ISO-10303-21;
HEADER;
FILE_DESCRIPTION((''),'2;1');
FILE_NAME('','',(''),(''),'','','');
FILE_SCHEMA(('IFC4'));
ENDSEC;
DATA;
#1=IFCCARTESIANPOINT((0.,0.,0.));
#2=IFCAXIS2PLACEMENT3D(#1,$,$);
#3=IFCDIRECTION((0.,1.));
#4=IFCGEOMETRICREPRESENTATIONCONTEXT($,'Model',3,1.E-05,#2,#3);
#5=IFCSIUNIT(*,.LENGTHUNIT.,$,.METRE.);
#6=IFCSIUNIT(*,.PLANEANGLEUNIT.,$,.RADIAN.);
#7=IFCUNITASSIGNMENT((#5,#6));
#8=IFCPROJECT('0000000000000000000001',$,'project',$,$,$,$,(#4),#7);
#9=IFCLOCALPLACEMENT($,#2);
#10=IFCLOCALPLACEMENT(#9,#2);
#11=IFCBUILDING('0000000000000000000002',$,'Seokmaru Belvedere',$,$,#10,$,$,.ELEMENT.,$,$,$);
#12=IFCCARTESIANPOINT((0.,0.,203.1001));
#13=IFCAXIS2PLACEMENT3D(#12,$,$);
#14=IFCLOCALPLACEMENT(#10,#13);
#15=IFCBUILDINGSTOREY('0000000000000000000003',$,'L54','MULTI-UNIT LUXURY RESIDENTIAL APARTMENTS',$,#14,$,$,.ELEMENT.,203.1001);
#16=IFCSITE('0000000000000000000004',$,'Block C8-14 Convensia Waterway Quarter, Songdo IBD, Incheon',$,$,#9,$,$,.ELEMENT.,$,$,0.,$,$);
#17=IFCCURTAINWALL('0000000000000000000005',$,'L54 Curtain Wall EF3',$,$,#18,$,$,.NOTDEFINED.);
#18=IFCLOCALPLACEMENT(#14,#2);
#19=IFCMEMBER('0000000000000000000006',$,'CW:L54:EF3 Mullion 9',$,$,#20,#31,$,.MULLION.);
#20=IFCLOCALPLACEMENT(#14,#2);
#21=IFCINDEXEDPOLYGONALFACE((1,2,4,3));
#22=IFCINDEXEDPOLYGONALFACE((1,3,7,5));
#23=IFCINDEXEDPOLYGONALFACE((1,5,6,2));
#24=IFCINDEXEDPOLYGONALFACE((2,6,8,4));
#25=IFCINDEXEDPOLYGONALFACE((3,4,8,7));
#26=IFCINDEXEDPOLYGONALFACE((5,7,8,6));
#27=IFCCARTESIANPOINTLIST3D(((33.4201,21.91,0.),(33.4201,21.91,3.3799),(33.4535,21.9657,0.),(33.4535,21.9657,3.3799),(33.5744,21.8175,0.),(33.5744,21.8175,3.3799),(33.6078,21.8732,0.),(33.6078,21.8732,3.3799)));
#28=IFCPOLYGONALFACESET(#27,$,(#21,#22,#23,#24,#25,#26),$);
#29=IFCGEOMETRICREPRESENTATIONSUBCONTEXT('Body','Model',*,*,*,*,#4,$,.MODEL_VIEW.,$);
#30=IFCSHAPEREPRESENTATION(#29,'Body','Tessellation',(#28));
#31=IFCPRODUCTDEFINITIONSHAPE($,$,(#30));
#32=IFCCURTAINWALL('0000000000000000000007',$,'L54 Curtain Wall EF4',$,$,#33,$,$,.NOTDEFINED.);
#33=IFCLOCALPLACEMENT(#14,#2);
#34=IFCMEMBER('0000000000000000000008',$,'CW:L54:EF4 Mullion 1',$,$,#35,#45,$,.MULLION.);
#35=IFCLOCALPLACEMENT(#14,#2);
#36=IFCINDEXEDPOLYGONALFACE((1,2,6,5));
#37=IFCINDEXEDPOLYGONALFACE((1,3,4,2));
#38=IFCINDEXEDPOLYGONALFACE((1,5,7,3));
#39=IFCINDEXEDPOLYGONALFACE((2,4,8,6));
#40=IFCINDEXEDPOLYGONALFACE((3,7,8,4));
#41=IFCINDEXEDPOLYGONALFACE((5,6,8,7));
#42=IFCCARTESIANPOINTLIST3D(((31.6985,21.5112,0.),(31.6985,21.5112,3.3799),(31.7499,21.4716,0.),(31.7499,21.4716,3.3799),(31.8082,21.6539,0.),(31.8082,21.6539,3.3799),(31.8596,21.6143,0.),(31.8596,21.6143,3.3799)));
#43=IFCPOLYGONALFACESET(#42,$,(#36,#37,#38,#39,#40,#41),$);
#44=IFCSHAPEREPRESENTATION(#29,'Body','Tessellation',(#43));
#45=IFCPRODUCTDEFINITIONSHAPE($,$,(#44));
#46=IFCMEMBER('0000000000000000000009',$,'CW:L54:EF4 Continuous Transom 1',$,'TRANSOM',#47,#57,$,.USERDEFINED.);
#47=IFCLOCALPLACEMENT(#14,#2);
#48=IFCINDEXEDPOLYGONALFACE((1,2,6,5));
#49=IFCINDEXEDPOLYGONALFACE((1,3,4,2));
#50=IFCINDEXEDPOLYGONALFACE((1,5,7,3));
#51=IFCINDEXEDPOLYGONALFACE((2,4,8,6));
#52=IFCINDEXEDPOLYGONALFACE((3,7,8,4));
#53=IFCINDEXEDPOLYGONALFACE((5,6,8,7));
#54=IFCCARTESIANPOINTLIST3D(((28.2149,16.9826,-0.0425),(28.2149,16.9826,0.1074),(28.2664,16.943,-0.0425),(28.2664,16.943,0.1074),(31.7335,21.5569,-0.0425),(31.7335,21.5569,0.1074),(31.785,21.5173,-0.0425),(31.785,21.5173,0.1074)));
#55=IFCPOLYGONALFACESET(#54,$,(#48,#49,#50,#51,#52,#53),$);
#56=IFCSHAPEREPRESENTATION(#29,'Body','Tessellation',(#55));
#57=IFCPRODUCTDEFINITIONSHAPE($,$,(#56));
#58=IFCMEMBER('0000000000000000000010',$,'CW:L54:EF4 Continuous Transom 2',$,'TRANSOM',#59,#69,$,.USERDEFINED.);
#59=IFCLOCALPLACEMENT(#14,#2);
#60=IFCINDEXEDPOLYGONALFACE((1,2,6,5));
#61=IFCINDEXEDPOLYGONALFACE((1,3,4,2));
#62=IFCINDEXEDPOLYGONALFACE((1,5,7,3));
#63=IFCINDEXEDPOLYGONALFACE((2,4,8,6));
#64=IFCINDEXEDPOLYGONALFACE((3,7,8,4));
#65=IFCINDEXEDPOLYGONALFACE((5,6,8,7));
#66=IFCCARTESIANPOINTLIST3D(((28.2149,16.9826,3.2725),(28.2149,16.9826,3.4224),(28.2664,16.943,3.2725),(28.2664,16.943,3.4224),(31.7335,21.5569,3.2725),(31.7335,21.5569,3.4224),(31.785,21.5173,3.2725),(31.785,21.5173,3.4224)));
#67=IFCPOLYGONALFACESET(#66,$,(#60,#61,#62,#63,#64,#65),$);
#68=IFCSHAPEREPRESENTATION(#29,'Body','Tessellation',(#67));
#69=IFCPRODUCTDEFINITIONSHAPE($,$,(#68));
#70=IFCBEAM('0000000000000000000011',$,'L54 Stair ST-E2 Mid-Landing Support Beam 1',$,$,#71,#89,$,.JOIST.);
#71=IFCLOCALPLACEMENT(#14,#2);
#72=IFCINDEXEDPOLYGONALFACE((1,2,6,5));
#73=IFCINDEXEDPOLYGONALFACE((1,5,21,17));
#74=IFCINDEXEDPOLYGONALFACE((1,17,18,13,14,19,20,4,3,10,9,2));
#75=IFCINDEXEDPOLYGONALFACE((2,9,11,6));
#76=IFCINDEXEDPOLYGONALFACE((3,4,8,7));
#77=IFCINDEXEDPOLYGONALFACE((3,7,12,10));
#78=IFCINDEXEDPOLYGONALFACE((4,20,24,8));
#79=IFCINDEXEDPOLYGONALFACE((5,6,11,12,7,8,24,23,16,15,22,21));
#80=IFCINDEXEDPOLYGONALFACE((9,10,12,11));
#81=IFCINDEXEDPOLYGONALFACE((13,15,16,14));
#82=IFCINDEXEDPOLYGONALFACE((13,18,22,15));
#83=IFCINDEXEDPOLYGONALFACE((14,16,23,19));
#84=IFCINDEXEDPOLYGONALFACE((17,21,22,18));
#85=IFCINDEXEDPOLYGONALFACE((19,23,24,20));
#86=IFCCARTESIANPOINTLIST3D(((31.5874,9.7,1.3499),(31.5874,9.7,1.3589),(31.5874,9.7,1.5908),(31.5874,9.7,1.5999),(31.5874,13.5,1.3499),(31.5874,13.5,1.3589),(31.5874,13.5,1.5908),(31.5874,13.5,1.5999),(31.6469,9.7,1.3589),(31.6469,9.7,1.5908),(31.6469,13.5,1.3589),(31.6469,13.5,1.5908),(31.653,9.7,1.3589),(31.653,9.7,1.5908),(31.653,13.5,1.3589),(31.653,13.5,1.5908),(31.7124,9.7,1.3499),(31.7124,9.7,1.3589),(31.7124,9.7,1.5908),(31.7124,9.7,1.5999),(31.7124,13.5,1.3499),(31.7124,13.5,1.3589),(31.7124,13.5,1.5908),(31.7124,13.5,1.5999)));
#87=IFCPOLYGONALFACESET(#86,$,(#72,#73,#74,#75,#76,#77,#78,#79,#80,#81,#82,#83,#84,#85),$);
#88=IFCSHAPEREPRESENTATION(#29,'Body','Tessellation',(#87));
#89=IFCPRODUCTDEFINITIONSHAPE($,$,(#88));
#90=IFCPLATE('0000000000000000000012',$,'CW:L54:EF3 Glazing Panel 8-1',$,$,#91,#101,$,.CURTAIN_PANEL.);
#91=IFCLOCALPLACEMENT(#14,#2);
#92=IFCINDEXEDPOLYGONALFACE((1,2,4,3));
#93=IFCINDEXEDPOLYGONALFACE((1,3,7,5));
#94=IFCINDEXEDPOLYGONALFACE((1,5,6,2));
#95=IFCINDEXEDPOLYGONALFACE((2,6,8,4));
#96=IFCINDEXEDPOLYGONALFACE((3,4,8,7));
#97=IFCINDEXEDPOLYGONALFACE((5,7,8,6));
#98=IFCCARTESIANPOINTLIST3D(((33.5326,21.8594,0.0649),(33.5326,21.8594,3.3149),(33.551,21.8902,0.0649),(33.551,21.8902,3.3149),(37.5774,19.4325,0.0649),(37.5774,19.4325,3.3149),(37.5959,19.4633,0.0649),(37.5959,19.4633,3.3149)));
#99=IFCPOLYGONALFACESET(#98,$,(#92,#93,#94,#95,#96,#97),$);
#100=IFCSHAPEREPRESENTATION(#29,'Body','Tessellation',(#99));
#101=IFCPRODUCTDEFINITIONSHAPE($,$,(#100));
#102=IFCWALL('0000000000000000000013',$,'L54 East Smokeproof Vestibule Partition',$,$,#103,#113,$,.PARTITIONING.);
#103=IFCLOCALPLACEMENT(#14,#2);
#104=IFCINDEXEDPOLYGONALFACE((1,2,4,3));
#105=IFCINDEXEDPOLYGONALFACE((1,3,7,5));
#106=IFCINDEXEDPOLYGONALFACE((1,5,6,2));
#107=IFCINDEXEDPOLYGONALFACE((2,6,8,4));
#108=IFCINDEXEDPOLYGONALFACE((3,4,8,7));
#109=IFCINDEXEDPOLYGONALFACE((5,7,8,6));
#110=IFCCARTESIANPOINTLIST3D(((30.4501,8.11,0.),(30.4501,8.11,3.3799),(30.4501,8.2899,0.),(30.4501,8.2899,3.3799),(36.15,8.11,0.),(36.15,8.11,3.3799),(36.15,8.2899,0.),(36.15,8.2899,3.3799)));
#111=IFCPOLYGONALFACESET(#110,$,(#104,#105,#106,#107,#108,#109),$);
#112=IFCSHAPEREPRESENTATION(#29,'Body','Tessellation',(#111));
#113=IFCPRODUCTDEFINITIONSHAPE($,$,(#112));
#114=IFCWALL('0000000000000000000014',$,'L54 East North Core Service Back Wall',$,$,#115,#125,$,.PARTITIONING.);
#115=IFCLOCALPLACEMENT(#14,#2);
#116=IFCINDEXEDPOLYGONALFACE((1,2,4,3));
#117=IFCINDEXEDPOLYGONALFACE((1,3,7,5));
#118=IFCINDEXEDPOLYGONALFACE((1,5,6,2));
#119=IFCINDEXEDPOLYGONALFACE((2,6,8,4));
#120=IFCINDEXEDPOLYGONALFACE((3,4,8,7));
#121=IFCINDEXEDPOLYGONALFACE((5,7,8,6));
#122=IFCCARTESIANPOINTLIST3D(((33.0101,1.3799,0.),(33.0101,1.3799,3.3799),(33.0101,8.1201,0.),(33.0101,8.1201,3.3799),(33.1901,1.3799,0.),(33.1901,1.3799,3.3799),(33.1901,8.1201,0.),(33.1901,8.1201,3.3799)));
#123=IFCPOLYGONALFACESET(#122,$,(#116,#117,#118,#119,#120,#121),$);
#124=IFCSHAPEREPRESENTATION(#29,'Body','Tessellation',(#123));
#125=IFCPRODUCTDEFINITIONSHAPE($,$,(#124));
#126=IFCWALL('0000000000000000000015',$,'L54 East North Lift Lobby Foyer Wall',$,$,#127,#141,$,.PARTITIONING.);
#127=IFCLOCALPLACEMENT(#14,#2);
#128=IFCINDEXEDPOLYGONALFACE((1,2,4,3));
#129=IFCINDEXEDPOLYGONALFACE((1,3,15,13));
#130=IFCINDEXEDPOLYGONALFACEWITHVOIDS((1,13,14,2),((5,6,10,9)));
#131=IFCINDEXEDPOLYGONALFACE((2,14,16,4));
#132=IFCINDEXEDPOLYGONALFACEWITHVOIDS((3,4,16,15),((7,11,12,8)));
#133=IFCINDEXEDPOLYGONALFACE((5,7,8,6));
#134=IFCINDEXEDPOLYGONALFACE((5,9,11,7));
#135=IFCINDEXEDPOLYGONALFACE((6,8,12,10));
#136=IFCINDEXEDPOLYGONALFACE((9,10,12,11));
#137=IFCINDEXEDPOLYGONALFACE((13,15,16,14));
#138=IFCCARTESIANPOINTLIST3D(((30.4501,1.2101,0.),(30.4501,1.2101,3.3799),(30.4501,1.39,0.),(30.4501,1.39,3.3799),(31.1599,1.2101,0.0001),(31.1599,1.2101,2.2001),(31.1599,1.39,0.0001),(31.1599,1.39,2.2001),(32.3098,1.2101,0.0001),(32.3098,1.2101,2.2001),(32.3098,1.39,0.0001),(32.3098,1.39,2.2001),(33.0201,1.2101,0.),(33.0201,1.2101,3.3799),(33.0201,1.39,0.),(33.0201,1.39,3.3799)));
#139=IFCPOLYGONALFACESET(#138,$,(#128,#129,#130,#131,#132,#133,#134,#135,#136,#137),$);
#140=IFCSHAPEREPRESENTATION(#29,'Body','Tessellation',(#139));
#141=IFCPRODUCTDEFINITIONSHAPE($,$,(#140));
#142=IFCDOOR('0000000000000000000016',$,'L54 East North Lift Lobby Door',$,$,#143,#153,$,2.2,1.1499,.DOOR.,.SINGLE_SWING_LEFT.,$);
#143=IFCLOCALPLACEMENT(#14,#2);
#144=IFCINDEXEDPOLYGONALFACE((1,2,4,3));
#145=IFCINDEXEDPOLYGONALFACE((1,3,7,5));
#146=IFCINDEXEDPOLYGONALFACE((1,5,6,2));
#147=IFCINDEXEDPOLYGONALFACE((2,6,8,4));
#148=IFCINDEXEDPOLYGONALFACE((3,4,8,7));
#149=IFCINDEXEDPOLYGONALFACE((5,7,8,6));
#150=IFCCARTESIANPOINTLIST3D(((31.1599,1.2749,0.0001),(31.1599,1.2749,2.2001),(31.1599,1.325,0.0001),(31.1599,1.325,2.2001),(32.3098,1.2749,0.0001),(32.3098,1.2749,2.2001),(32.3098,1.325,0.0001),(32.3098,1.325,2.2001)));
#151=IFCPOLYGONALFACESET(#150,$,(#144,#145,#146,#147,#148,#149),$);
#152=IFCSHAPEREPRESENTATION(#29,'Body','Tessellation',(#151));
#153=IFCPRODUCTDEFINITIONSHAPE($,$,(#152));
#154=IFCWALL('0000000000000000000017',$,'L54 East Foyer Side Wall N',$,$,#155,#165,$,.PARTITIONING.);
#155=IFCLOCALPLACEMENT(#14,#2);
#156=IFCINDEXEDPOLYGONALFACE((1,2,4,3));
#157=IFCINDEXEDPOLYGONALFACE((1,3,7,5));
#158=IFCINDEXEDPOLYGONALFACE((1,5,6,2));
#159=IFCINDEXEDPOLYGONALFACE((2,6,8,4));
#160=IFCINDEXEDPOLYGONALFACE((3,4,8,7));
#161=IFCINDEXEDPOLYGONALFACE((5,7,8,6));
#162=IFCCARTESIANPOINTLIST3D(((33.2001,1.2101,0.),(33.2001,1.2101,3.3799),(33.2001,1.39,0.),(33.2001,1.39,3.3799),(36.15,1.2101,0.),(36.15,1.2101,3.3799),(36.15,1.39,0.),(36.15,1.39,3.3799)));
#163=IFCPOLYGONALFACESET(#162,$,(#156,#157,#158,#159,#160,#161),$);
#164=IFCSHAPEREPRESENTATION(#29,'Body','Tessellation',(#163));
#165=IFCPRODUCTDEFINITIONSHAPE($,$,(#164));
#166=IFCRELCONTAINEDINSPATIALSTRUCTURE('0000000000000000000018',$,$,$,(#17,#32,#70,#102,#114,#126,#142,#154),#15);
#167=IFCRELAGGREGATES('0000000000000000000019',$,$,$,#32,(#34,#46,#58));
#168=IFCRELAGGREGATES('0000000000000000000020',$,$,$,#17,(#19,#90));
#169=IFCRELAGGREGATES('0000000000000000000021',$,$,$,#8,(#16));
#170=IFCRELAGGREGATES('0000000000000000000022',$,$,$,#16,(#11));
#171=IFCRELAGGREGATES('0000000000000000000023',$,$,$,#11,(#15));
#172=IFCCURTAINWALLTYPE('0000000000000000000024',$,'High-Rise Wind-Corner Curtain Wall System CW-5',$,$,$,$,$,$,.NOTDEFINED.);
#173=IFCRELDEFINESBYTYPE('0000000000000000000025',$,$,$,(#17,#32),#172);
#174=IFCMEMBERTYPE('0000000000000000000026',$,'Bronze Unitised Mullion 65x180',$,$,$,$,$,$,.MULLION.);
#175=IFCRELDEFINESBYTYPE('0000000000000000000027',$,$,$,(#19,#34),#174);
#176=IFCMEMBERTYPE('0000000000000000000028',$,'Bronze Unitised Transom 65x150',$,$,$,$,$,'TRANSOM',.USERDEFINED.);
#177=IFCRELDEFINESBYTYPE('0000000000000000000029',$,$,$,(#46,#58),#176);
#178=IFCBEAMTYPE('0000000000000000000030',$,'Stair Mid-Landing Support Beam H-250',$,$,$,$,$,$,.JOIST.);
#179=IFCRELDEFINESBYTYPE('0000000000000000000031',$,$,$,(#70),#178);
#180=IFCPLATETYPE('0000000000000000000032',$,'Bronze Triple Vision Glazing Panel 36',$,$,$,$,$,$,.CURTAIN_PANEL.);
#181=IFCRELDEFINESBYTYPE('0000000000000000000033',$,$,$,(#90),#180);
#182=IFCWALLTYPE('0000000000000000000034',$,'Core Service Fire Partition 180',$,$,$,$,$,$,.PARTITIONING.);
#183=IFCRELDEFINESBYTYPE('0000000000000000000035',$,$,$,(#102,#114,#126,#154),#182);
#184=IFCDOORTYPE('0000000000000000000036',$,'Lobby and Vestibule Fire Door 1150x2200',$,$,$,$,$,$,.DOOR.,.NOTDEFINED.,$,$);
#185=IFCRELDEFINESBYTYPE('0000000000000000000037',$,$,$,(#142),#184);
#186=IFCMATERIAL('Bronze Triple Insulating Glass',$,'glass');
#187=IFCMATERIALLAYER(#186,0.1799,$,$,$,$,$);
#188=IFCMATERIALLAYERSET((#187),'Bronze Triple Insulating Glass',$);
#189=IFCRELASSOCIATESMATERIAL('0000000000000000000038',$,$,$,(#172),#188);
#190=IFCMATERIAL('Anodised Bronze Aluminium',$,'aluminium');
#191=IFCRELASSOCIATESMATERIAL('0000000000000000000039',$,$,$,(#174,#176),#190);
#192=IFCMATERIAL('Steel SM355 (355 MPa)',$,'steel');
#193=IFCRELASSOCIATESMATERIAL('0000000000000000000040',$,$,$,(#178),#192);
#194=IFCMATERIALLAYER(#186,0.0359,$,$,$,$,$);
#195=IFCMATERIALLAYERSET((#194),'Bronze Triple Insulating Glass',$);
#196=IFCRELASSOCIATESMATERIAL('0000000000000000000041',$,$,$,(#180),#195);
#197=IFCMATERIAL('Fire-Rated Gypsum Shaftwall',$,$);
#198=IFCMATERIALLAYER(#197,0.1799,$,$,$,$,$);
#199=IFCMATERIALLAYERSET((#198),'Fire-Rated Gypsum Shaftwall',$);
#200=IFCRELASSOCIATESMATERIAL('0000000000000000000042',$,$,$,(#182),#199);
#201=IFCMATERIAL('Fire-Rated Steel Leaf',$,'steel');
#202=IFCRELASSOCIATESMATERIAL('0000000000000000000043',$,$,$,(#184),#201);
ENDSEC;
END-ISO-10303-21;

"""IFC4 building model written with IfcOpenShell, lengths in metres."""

from ifc_helpers import new_model, si_unit, direction, frame, frame_2d, origin, origin_2d, place, context, subcontext, project, spatial, rectangle, i_section, extrude, source, transform, mapped, material, layer, layer_set, material_profile, profile_set, type_object, type_shapes, element, fill, aggregate, save


model = new_model("IFC4")

# Units and contexts
model_context = context("Model", 3, precision=1e-05, world=origin(), true_north=direction((0.0, 1.0)))
body_context = subcontext(model_context, "Body", "Model", "MODEL_VIEW")
ifc_project = project(units=[si_unit("LENGTHUNIT", "METRE"), si_unit("PLANEANGLEUNIT", "RADIAN")], contexts=[model_context])

# Site, building, storey
site_placement = place(None, origin())
site = spatial("IfcSite", under=ifc_project, at=site_placement, Name="Block C8-14 Convensia Waterway Quarter, Songdo IBD, Incheon", CompositionType="ELEMENT", RefElevation=0.0)
building_placement = place(site_placement, origin())
building = spatial("IfcBuilding", under=site, at=building_placement, Name="Seokmaru Belvedere", CompositionType="ELEMENT")
storey_placement = place(building_placement, frame((0.0, 0.0, 203.1001)))
storey = spatial("IfcBuildingStorey", under=building, at=storey_placement, Name="L54", Description="MULTI-UNIT LUXURY RESIDENTIAL APARTMENTS", CompositionType="ELEMENT", Elevation=203.1001)

# Shared definitions
ifc_material_1 = material(Name="Steel SM355 (355 MPa)", Category="steel")

# Curtain wall, member
ifc_material_2 = material(Name="Bronze Triple Insulating Glass", Category="glass")
ifc_layer_1 = layer(ifc_material_2, 0.1799)
ifc_layer_set_1 = layer_set([ifc_layer_1], Name="Bronze Triple Insulating Glass")
curtain_wall_type = type_object("IfcCurtainWallType", Name="High-Rise Wind-Corner Curtain Wall System CW-5", PredefinedType="NOTDEFINED", material=ifc_layer_set_1)
curtain_wall_1_placement = place(storey_placement, origin())
curtain_wall_1 = element("IfcCurtainWall", 1, at=curtain_wall_1_placement, inside=storey, type_object=curtain_wall_type, Name="L54 Curtain Wall EF3", PredefinedType="NOTDEFINED")
ifc_material_3 = material(Name="Anodised Bronze Aluminium", Category="aluminium")
ifc_material_profile_1 = material_profile(ifc_material_3, rectangle(XDim=0.0649, YDim=0.1799, at=origin_2d()), Name="CW-M-65x180")
ifc_profile_set_1 = profile_set([ifc_material_profile_1], Name="Anodised Bronze Aluminium")
member_type_1 = type_object("IfcMemberType", Name="Bronze Unitised Mullion 65x180", PredefinedType="MULLION", material=ifc_profile_set_1)
shared_shape_1 = source(origin(), body_context, "Body", "SweptSolid", [
    extrude(rectangle(XDim=0.0649, YDim=0.1799, at=origin_2d()), origin(), (0.0, 0.0, 1.0), 3.3799),
])
type_shapes(member_type_1, [shared_shape_1])
member_1_placement = place(storey_placement, frame((33.5139, 21.8916, 0.0), z_axis=(0.0, 0.0, 1.0), x_axis=(-0.514495, -0.857493, 0.0)))
member_1 = element("IfcMember", 2, at=member_1_placement, type_object=member_type_1, Name="CW:L54:EF3 Mullion 9", PredefinedType="MULLION", context=body_context, shape_type="MappedRepresentation", body=[
    mapped(shared_shape_1, transform((0.0, 0.0, 0.0), scale=1.0)),
])

# Curtain wall, members
curtain_wall_2_placement = place(storey_placement, origin())
curtain_wall_2 = element("IfcCurtainWall", 3, at=curtain_wall_2_placement, inside=storey, type_object=curtain_wall_type, Name="L54 Curtain Wall EF4", PredefinedType="NOTDEFINED")
member_2_placement = place(storey_placement, frame((31.7791, 21.5627, 0.0), z_axis=(0.0, 0.0, 1.0), x_axis=(0.792631, -0.609701, 0.0)))
member_2 = element("IfcMember", 4, at=member_2_placement, type_object=member_type_1, Name="CW:L54:EF4 Mullion 1", PredefinedType="MULLION", context=body_context, shape_type="MappedRepresentation", body=[
    mapped(shared_shape_1, transform((0.0, 0.0, 0.0), scale=1.0)),
])
ifc_material_profile_2 = material_profile(ifc_material_3, rectangle(XDim=0.0649, YDim=0.1499, at=origin_2d()), Name="CW-T-65x150")
ifc_profile_set_2 = profile_set([ifc_material_profile_2], Name="Anodised Bronze Aluminium")
member_type_2 = type_object("IfcMemberType", Name="Bronze Unitised Transom 65x150", ElementType="TRANSOM", PredefinedType="USERDEFINED", material=ifc_profile_set_2)
shared_shape_2 = source(origin(), body_context, "Body", "SweptSolid", [
    extrude(rectangle(XDim=0.0649, YDim=0.1499, at=origin_2d()), origin(), (0.0, 0.0, 1.0), 5.771),
])
type_shapes(member_type_2, [shared_shape_2])
member_3_placement = place(storey_placement, frame((31.7593, 21.5371, 0.0325), z_axis=(-0.609703, -0.79263, 0.0), x_axis=(0.79263, -0.609703, 0.0)))
member_3 = element("IfcMember", 5, at=member_3_placement, type_object=member_type_2, Name="CW:L54:EF4 Continuous Transom 1", ObjectType="TRANSOM", PredefinedType="USERDEFINED", context=body_context, shape_type="MappedRepresentation", body=[
    mapped(shared_shape_2, transform((0.0, 0.0, 0.0), scale=1.0)),
])
member_4_placement = place(storey_placement, frame((31.7593, 21.5371, 3.3474), z_axis=(-0.609703, -0.79263, 0.0), x_axis=(0.79263, -0.609703, 0.0)))
member_4 = element("IfcMember", 6, at=member_4_placement, type_object=member_type_2, Name="CW:L54:EF4 Continuous Transom 2", ObjectType="TRANSOM", PredefinedType="USERDEFINED", context=body_context, shape_type="MappedRepresentation", body=[
    mapped(shared_shape_2, transform((0.0, 0.0, 0.0), scale=1.0)),
])
aggregate(curtain_wall_2, [member_2, member_3, member_4])

# Beam
ifc_material_profile_3 = material_profile(ifc_material_1, i_section(OverallWidth=0.125, OverallDepth=0.25, WebThickness=0.0061, FlangeThickness=0.009, at=origin_2d()), Name="H-250x125x6x9")
ifc_profile_set_3 = profile_set([ifc_material_profile_3], Name="Steel SM355 (355 MPa)")
beam_type_1 = type_object("IfcBeamType", Name="Stair Mid-Landing Support Beam H-250", PredefinedType="JOIST", material=ifc_profile_set_3)
shared_shape_3 = source(origin(), body_context, "Body", "SweptSolid", [
    extrude(i_section(OverallWidth=0.125, OverallDepth=0.25, WebThickness=0.0061, FlangeThickness=0.009, at=origin_2d()), origin(), (0.0, 0.0, 1.0), 3.8),
])
type_shapes(beam_type_1, [shared_shape_3])
beam_1_placement = place(storey_placement, frame((31.6499, 9.7, 1.4749), z_axis=(0.0, 1.0, 0.0), x_axis=(-1.0, 0.0, 0.0)))
element("IfcBeam", 7, at=beam_1_placement, inside=storey, type_object=beam_type_1, Name="L54 Stair ST-E2 Mid-Landing Support Beam 1", PredefinedType="JOIST", context=body_context, shape_type="MappedRepresentation", body=[
    mapped(shared_shape_3, transform((0.0, 0.0, 0.0), scale=1.0)),
])

# Plate
ifc_layer_2 = layer(ifc_material_2, 0.0359)
ifc_layer_set_2 = layer_set([ifc_layer_2], Name="Bronze Triple Insulating Glass")
plate_type = type_object("IfcPlateType", Name="Bronze Triple Vision Glazing Panel 36", PredefinedType="CURTAIN_PANEL", material=ifc_layer_set_2)
shared_shape_4 = source(origin(), body_context, "Body", "SweptSolid", [
    extrude(rectangle(XDim=4.717, YDim=0.0359, at=origin_2d()), origin(), (0.0, 0.0, 1.0), 3.25),
])
type_shapes(plate_type, [shared_shape_4])
plate_placement = place(storey_placement, frame((35.5642, 20.6614, 0.0649), z_axis=(0.0, 0.0, 1.0), x_axis=(-0.857493, 0.514495, 0.0)))
plate = element("IfcPlate", 8, at=plate_placement, type_object=plate_type, Name="CW:L54:EF3 Glazing Panel 8-1", PredefinedType="CURTAIN_PANEL", context=body_context, shape_type="MappedRepresentation", body=[
    mapped(shared_shape_4, transform((0.0, 0.0, 0.0), scale=1.0)),
])
aggregate(curtain_wall_1, [member_1, plate])

# Walls
ifc_material_4 = material(Name="Fire-Rated Gypsum Shaftwall")
ifc_layer_3 = layer(ifc_material_4, 0.1799)
ifc_layer_set_3 = layer_set([ifc_layer_3], Name="Fire-Rated Gypsum Shaftwall")
wall_type_1 = type_object("IfcWallType", Name="Core Service Fire Partition 180", PredefinedType="PARTITIONING", material=ifc_layer_set_3)
wall_1_placement = place(storey_placement, frame((30.45, 8.2, 0.0), z_axis=(0.0, 0.0, 1.0), x_axis=(1.0, 0.0, 0.0)))
element("IfcWall", 9, at=wall_1_placement, inside=storey, type_object=wall_type_1, Name="L54 East Smokeproof Vestibule Partition", PredefinedType="PARTITIONING", context=body_context, shape_type="SweptSolid", body=[
    extrude(rectangle(XDim=5.7, YDim=0.1799, at=frame_2d((2.8501, 0.0))), origin(), (0.0, 0.0, 1.0), 3.3799),
])
wall_2_placement = place(storey_placement, frame((33.1001, 1.3799, 0.0), z_axis=(0.0, 0.0, 1.0), x_axis=(0.0, 1.0, 0.0)))
element("IfcWall", 10, at=wall_2_placement, inside=storey, type_object=wall_type_1, Name="L54 East North Core Service Back Wall", PredefinedType="PARTITIONING", context=body_context, shape_type="SweptSolid", body=[
    extrude(rectangle(XDim=6.7402, YDim=0.1799, at=frame_2d((3.3701, 0.0))), origin(), (0.0, 0.0, 1.0), 3.3799),
])

# Wall, opening, door
wall_3_placement = place(storey_placement, frame((30.45, 1.3, 0.0), z_axis=(0.0, 0.0, 1.0), x_axis=(1.0, 0.0, 0.0)))
wall_3 = element("IfcWall", 11, at=wall_3_placement, inside=storey, type_object=wall_type_1, Name="L54 East North Lift Lobby Foyer Wall", PredefinedType="PARTITIONING", context=body_context, shape_type="SweptSolid", body=[
    extrude(rectangle(XDim=2.5701, YDim=0.1799, at=frame_2d((1.2852, 0.0))), origin(), (0.0, 0.0, 1.0), 3.3799),
])
opening_1_placement = place(wall_3_placement, frame((0.71, 0.0, 0.0)))
opening_1 = element("IfcOpeningElement", 12, at=opening_1_placement, cuts=wall_3, PredefinedType="OPENING", context=body_context, shape_type="SweptSolid", body=[
    extrude(rectangle(XDim=1.1499, YDim=2.2, at=frame_2d((0.575, 1.1001))), frame((0.0, 0.1001, 0.0), z_axis=(0.0, -1.0, 0.0), x_axis=(1.0, 0.0, 0.0)), (0.0, 0.0, 1.0), 0.2),
])
ifc_material_5 = material(Name="Fire-Rated Steel Leaf", Category="steel")
door_type_1 = type_object("IfcDoorType", Name="Lobby and Vestibule Fire Door 1150x2200", OperationType="NOTDEFINED", PredefinedType="DOOR", material=ifc_material_5)
shared_shape_5 = source(origin(), body_context, "Body", "SweptSolid", [
    extrude(rectangle(XDim=1.1499, YDim=2.2, at=frame_2d((0.575, 1.1001))), frame((0.0, 0.0249, 0.0), z_axis=(0.0, -1.0, 0.0), x_axis=(1.0, 0.0, 0.0)), (0.0, 0.0, 1.0), 0.05),
])
type_shapes(door_type_1, [shared_shape_5])
door_1_placement = place(opening_1_placement, origin())
door_1 = element("IfcDoor", 13, at=door_1_placement, inside=storey, type_object=door_type_1, Name="L54 East North Lift Lobby Door", OperationType="SINGLE_SWING_LEFT", OverallHeight=2.2, OverallWidth=1.1499, PredefinedType="DOOR", context=body_context, shape_type="MappedRepresentation", body=[
    mapped(shared_shape_5, transform((0.0, 0.0, 0.0), scale=1.0)),
])
fill(opening_1, door_1)

# Wall
wall_4_placement = place(storey_placement, frame((33.2, 1.3, 0.0), z_axis=(0.0, 0.0, 1.0), x_axis=(1.0, 0.0, 0.0)))
element("IfcWall", 14, at=wall_4_placement, inside=storey, type_object=wall_type_1, Name="L54 East Foyer Side Wall N", PredefinedType="PARTITIONING", context=body_context, shape_type="SweptSolid", body=[
    extrude(rectangle(XDim=2.95, YDim=0.1799, at=frame_2d((1.4751, 0.0))), origin(), (0.0, 0.0, 1.0), 3.3799),
])

save(model, "model.ifc")
